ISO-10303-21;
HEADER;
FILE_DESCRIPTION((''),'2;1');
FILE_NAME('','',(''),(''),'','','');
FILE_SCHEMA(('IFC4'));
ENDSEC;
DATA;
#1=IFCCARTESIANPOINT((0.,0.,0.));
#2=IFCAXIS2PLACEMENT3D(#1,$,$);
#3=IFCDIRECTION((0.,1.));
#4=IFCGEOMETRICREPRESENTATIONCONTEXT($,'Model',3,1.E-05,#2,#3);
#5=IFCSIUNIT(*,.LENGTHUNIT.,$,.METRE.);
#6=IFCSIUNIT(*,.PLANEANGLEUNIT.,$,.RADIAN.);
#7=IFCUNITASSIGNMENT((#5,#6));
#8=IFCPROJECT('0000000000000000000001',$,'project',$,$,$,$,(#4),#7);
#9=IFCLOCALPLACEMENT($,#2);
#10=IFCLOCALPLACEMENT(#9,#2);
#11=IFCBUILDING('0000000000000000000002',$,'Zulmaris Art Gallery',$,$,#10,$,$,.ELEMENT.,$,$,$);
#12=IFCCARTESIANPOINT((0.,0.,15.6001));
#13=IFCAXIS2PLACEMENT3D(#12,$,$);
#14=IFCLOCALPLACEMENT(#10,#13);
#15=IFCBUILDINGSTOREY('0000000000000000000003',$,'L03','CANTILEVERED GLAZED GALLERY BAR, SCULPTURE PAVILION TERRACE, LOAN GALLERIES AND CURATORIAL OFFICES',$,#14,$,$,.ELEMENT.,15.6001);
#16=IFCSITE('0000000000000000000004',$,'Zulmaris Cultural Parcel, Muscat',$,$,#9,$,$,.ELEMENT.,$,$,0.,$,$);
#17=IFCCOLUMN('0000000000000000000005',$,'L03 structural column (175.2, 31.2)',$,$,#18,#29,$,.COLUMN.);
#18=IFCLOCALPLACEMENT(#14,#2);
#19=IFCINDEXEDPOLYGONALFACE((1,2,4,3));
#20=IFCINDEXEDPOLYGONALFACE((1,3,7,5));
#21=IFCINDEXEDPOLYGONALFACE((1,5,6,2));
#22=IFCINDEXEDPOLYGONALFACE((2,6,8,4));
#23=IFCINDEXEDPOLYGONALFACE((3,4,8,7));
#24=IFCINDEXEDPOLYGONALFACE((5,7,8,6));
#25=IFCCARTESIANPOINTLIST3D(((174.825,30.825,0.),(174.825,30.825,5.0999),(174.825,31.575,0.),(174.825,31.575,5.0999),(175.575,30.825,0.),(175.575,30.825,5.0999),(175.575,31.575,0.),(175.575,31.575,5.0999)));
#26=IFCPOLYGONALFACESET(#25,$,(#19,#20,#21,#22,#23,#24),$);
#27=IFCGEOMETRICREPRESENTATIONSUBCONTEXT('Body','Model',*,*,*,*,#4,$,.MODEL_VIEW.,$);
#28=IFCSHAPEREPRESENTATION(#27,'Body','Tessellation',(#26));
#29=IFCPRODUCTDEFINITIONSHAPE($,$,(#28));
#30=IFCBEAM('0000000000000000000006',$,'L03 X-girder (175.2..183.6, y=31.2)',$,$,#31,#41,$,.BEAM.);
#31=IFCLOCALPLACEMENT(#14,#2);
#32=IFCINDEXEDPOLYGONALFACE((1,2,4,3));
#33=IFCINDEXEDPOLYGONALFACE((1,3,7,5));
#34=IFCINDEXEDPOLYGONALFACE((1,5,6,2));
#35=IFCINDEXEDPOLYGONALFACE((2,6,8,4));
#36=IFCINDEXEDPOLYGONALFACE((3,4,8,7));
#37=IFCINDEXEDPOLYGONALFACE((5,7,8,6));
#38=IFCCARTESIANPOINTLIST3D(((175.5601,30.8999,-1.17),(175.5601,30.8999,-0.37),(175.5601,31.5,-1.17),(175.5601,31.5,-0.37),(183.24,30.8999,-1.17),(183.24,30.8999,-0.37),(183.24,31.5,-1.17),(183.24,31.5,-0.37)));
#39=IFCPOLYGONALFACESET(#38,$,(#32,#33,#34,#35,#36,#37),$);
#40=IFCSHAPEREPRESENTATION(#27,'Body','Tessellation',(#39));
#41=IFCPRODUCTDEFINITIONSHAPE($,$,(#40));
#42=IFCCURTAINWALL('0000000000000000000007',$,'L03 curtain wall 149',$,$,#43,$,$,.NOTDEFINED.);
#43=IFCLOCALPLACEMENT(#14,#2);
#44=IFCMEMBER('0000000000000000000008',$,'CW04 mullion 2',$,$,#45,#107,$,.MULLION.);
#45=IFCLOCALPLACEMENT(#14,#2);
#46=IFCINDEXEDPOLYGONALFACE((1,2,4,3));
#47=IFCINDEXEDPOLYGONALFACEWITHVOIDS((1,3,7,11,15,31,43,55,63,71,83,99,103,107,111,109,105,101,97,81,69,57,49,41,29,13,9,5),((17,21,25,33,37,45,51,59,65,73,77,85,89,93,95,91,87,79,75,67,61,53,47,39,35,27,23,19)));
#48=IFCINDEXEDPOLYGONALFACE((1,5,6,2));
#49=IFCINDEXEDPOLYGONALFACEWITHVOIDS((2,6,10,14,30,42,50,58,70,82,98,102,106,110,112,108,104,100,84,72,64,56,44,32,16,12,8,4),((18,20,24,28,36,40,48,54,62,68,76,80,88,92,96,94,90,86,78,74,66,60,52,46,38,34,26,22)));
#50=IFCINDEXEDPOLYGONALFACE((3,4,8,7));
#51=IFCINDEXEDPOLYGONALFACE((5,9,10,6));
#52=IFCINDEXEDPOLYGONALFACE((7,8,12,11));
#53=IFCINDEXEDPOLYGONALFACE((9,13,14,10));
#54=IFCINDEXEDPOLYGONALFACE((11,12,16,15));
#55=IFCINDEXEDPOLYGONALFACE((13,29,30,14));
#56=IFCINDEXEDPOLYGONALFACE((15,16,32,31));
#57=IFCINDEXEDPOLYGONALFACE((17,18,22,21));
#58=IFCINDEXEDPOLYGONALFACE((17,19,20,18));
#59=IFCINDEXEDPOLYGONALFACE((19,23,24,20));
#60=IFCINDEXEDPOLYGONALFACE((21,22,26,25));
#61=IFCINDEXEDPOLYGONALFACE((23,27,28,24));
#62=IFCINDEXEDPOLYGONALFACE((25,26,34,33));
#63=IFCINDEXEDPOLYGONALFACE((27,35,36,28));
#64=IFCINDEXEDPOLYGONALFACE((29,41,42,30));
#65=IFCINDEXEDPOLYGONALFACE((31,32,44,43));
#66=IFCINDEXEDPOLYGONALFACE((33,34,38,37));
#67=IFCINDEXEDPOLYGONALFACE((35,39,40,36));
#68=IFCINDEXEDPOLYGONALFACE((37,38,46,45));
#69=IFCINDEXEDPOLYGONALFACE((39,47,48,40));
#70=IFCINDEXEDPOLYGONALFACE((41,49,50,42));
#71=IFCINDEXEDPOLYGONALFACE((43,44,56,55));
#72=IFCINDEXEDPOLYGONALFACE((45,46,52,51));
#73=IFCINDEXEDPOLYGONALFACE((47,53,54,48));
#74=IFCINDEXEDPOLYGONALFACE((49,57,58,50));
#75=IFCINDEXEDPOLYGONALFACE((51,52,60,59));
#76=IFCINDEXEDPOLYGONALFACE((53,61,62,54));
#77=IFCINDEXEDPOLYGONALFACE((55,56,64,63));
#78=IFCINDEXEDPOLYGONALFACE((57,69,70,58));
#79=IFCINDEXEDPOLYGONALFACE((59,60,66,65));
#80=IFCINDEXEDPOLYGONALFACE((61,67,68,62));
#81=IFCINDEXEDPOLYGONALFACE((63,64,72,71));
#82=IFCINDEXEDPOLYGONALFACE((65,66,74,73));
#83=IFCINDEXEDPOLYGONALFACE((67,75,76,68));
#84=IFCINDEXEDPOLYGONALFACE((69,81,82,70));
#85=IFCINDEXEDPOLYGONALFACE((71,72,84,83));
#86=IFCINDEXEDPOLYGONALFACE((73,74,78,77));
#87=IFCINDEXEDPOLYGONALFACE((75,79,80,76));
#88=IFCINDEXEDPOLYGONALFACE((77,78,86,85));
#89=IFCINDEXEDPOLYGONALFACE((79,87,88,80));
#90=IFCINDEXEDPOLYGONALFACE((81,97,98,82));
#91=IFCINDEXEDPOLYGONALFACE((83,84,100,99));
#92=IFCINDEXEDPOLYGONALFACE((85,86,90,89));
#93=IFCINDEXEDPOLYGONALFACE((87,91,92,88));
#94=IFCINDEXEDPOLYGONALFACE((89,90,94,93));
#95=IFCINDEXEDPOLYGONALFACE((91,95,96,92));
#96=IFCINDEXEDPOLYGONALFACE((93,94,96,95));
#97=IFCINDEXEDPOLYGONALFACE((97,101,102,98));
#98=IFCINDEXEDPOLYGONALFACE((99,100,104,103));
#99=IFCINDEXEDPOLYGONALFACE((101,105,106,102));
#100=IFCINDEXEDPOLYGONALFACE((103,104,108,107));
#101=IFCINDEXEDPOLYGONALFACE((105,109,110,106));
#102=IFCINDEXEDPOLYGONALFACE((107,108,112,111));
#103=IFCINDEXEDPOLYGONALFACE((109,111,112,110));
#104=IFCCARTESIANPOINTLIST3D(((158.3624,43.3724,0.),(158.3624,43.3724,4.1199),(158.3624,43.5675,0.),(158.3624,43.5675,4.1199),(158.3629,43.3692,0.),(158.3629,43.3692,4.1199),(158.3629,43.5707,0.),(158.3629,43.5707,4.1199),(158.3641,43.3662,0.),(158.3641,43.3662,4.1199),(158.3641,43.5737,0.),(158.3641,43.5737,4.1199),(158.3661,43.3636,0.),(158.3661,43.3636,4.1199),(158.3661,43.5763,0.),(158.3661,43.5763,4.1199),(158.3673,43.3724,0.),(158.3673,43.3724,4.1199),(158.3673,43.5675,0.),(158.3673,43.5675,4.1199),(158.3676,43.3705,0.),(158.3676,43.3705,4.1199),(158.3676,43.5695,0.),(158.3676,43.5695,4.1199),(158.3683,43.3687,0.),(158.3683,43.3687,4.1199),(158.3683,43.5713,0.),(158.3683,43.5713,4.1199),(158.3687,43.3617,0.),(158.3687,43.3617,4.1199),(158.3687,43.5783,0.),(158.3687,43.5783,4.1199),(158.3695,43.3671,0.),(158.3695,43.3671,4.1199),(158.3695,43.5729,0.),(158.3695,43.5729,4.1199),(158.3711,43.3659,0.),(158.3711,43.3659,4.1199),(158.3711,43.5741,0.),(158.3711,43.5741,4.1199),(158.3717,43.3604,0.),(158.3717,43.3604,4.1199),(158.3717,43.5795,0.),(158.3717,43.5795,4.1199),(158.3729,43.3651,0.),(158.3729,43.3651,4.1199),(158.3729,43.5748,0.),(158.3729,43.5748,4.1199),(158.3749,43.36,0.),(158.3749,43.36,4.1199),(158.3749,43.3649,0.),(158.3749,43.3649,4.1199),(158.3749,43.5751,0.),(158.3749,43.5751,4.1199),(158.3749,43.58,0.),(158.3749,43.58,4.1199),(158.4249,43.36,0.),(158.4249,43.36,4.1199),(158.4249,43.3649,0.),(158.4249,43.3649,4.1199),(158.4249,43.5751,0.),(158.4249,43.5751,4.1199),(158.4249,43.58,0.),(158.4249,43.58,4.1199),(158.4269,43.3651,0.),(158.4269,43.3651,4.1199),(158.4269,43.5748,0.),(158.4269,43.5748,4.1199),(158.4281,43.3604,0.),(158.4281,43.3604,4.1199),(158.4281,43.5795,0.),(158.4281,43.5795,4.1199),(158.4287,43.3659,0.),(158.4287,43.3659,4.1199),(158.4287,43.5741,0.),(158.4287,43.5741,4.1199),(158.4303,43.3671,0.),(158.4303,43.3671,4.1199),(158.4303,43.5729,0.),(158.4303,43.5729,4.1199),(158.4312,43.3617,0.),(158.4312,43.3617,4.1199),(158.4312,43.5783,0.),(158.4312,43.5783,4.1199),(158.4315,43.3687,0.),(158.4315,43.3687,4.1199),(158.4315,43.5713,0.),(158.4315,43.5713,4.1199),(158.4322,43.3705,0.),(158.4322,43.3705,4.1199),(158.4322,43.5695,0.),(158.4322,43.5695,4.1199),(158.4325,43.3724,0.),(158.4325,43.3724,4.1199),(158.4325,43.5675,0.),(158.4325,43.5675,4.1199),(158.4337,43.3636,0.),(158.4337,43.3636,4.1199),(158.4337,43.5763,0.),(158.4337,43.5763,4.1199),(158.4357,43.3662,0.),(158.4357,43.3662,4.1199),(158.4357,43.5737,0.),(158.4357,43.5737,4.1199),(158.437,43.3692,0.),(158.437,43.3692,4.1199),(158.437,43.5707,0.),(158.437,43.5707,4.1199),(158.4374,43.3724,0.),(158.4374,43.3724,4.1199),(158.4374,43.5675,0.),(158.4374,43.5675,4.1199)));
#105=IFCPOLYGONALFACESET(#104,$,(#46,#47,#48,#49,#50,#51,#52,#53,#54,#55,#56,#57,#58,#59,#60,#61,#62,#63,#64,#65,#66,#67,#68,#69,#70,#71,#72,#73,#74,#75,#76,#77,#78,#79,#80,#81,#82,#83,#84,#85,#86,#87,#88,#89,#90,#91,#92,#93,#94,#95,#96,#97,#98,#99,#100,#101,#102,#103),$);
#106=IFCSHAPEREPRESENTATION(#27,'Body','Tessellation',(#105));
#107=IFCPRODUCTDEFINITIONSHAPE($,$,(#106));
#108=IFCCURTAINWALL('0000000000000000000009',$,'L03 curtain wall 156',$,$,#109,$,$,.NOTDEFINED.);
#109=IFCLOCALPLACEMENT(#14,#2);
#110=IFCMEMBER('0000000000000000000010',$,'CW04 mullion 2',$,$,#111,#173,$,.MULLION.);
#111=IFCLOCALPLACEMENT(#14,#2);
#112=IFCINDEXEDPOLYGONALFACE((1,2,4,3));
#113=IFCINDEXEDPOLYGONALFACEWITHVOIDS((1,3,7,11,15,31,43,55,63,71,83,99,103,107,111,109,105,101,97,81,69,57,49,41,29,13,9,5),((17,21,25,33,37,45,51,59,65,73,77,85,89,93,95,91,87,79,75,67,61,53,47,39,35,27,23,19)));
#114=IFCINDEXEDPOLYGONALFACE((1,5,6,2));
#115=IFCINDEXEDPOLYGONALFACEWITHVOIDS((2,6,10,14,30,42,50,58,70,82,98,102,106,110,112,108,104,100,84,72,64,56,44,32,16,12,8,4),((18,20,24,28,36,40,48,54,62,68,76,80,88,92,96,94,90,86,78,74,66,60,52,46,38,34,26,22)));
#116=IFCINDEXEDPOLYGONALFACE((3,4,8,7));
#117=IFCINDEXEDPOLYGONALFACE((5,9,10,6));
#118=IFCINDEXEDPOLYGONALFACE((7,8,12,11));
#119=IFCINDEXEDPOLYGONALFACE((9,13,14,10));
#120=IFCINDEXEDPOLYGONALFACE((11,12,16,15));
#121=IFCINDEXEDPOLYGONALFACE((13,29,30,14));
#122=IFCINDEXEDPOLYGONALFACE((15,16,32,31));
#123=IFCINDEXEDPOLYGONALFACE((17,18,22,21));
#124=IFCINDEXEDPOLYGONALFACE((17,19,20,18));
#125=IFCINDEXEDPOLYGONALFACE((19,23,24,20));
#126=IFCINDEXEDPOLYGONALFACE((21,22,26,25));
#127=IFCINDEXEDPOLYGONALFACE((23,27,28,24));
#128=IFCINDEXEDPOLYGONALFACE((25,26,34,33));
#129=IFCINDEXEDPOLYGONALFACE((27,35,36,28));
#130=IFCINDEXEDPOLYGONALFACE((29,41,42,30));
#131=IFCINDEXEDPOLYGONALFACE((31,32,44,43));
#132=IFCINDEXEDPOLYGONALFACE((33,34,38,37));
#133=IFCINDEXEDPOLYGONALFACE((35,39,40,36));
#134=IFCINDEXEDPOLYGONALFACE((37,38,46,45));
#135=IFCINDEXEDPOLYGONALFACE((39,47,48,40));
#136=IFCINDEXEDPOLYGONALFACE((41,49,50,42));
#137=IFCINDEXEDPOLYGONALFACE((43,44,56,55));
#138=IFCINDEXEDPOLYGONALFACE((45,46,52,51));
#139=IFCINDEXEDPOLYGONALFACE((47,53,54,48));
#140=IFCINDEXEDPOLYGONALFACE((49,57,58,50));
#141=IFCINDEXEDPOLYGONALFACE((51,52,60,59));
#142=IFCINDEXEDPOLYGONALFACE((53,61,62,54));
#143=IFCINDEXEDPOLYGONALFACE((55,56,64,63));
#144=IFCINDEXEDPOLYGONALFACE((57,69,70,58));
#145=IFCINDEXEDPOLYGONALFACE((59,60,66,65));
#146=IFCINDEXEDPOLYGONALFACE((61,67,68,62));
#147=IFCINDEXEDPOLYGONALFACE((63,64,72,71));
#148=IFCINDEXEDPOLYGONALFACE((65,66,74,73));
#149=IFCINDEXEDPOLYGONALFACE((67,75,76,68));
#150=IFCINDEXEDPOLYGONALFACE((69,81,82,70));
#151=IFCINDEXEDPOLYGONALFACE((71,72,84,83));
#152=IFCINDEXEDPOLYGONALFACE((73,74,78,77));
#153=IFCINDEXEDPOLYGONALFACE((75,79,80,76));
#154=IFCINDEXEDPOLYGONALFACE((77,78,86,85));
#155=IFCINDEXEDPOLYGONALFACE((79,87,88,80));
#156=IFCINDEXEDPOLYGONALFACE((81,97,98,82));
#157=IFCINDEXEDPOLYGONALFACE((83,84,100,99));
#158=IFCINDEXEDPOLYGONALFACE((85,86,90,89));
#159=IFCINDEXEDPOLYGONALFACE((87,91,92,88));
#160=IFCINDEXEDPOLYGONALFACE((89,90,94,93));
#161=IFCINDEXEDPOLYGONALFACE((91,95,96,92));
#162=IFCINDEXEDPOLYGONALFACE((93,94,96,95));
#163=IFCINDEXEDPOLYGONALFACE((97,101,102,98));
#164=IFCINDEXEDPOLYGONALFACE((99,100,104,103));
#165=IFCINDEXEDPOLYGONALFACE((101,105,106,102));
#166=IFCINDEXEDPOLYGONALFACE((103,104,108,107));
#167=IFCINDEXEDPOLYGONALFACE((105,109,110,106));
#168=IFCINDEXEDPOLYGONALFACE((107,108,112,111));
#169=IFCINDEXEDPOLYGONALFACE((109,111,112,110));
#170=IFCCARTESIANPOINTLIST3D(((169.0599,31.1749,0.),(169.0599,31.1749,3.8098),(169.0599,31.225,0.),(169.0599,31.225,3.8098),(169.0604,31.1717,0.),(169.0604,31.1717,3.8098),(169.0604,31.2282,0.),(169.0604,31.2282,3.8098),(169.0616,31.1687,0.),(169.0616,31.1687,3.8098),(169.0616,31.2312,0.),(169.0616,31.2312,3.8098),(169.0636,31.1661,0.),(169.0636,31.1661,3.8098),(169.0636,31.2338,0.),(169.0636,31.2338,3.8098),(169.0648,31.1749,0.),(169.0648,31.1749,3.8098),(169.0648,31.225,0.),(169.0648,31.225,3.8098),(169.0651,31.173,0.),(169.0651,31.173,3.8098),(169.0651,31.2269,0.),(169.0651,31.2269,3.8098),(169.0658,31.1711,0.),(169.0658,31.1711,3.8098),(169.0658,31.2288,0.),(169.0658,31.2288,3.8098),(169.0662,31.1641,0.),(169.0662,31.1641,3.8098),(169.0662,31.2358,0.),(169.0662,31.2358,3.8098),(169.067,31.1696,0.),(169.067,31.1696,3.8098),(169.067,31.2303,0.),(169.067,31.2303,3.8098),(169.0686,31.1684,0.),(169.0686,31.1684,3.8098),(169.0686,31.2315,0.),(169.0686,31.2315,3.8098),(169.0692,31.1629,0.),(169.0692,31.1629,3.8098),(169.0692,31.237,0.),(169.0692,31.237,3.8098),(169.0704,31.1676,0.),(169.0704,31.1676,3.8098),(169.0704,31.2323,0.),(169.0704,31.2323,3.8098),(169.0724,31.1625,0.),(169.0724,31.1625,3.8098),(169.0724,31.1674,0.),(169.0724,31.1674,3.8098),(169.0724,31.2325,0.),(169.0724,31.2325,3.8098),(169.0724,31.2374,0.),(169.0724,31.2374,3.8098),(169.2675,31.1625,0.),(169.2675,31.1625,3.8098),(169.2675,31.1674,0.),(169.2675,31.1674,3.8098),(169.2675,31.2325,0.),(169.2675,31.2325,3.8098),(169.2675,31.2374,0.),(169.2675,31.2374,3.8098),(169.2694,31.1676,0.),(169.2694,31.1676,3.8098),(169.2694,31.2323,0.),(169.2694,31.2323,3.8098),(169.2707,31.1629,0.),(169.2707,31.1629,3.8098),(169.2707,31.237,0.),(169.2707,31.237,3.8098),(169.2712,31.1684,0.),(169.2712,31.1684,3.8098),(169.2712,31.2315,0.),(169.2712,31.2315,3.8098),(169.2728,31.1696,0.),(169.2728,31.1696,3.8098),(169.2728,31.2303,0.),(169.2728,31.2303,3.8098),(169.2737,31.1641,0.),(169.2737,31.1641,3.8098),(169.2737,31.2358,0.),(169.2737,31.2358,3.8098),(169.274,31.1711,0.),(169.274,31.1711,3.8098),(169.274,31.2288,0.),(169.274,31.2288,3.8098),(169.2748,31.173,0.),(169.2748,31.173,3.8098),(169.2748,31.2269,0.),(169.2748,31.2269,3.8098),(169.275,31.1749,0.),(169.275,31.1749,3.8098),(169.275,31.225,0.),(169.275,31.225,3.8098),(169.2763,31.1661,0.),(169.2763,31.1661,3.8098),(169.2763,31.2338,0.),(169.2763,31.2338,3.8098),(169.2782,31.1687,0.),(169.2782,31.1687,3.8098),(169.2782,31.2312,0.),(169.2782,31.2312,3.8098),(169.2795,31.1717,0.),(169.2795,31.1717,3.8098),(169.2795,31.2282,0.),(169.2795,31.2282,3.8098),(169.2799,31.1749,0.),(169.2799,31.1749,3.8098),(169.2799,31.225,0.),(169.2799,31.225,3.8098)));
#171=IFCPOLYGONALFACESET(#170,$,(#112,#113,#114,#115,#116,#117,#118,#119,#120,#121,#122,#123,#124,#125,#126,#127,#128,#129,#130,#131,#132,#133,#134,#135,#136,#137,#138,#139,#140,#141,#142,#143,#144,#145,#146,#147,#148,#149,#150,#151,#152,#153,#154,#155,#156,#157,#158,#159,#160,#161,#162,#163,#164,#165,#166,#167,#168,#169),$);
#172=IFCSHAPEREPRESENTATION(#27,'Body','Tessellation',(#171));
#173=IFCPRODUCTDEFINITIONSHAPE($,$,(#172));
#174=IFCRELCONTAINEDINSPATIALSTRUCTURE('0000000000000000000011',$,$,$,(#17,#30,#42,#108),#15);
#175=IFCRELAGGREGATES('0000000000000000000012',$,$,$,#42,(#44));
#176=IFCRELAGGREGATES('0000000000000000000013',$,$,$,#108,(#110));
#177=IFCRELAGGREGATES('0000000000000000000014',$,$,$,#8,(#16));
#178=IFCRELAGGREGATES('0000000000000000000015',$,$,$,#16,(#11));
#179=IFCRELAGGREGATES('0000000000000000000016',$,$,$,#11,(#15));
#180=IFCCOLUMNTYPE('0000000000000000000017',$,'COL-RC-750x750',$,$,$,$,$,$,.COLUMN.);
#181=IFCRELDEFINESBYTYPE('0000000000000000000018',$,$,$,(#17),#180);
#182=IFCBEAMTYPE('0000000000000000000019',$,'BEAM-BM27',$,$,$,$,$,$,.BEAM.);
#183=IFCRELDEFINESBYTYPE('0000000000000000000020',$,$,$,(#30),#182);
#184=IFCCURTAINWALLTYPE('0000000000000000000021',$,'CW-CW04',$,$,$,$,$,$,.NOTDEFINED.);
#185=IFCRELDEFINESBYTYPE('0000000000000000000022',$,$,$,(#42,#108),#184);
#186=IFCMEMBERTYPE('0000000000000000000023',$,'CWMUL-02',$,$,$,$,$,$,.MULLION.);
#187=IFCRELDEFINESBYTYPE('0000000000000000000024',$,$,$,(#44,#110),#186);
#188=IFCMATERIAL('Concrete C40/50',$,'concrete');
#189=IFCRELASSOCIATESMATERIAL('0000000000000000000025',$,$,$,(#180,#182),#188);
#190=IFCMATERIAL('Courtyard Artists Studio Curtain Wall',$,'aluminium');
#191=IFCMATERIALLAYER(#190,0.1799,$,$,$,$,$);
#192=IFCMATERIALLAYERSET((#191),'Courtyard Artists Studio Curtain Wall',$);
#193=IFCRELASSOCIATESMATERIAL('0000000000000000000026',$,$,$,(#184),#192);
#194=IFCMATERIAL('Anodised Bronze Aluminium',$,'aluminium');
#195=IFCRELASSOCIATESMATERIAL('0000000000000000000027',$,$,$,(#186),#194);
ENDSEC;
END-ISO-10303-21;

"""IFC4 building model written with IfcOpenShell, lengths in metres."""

from ifc_helpers import new_model, si_unit, direction, frame, origin, origin_2d, place, context, subcontext, project, spatial, rectangle, hollow_rectangle, extrude, material, layer, layer_set, material_profile, profile_set, type_object, element, aggregate, save


model = new_model("IFC4")

# Units and contexts
model_context = context("Model", 3, precision=1e-05, world=origin(), true_north=direction((0.0, 1.0)))
body_context = subcontext(model_context, "Body", "Model", "MODEL_VIEW")
ifc_project = project(units=[si_unit("LENGTHUNIT", "METRE"), si_unit("PLANEANGLEUNIT", "RADIAN")], contexts=[model_context])

# Site, building, storey
site_placement = place(None, origin())
site = spatial("IfcSite", under=ifc_project, at=site_placement, Name="Zulmaris Cultural Parcel, Muscat", CompositionType="ELEMENT", RefElevation=0.0)
building_placement = place(site_placement, origin())
building = spatial("IfcBuilding", under=site, at=building_placement, Name="Zulmaris Art Gallery", CompositionType="ELEMENT")
storey_placement = place(building_placement, frame((0.0, 0.0, 15.6001)))
storey = spatial("IfcBuildingStorey", under=building, at=storey_placement, Name="L03", Description="CANTILEVERED GLAZED GALLERY BAR, SCULPTURE PAVILION TERRACE, LOAN GALLERIES AND CURATORIAL OFFICES", CompositionType="ELEMENT", Elevation=15.6001)

# Column
ifc_material_1 = material(Name="Concrete C40/50", Category="concrete")
ifc_material_profile_1 = material_profile(ifc_material_1, rectangle(XDim=0.75, YDim=0.75, at=origin_2d()), Name="RC 750x750")
ifc_profile_set_1 = profile_set([ifc_material_profile_1], Name="Concrete C40/50")
column_type = type_object("IfcColumnType", Name="COL-RC-750x750", PredefinedType="COLUMN", material=ifc_profile_set_1)
column_placement = place(storey_placement, frame((175.2, 31.2, 0.0), z_axis=(0.0, 0.0, 1.0), x_axis=(1.0, 0.0, 0.0)))
element("IfcColumn", 1, at=column_placement, inside=storey, type_object=column_type, Name="L03 structural column (175.2, 31.2)", PredefinedType="COLUMN", context=body_context, shape_type="SweptSolid", body=[
    extrude(rectangle(XDim=0.75, YDim=0.75, at=origin_2d()), origin(), (0.0, 0.0, 1.0), 5.0999),
])

# Beam
ifc_material_profile_2 = material_profile(ifc_material_1, rectangle(XDim=0.6001, YDim=0.8, at=origin_2d()), Name="RC 600x800")
ifc_profile_set_2 = profile_set([ifc_material_profile_2], Name="Concrete C40/50")
beam_type = type_object("IfcBeamType", Name="BEAM-BM27", PredefinedType="BEAM", material=ifc_profile_set_2)
beam_placement = place(storey_placement, frame((175.5601, 31.2, -0.77), z_axis=(1.0, 0.0, 0.0), x_axis=(0.0, 1.0, 0.0)))
element("IfcBeam", 2, at=beam_placement, inside=storey, type_object=beam_type, Name="L03 X-girder (175.2..183.6, y=31.2)", PredefinedType="BEAM", context=body_context, shape_type="SweptSolid", body=[
    extrude(rectangle(XDim=0.6001, YDim=0.8, at=origin_2d()), origin(), (0.0, 0.0, 1.0), 7.6799),
])

# Curtain wall, member
ifc_material_2 = material(Name="Courtyard Artists Studio Curtain Wall", Category="aluminium")
ifc_layer_1 = layer(ifc_material_2, 0.1799)
ifc_layer_set_1 = layer_set([ifc_layer_1], Name="Courtyard Artists Studio Curtain Wall")
curtain_wall_type = type_object("IfcCurtainWallType", Name="CW-CW04", PredefinedType="NOTDEFINED", material=ifc_layer_set_1)
curtain_wall_1_placement = place(storey_placement, origin())
curtain_wall_1 = element("IfcCurtainWall", 3, at=curtain_wall_1_placement, inside=storey, type_object=curtain_wall_type, Name="L03 curtain wall 149", PredefinedType="NOTDEFINED")
ifc_material_3 = material(Name="Anodised Bronze Aluminium", Category="aluminium")
ifc_material_profile_3 = material_profile(ifc_material_3, hollow_rectangle(XDim=0.075, YDim=0.22, WallThickness=0.0049, InnerFilletRadius=0.0076, OuterFilletRadius=0.0125, at=origin_2d()), Name="ALU 75x220x5")
ifc_profile_set_3 = profile_set([ifc_material_profile_3], Name="Anodised Bronze Aluminium")
member_type_1 = type_object("IfcMemberType", Name="CWMUL-02", PredefinedType="MULLION", material=ifc_profile_set_3)
member_1_placement = place(storey_placement, frame((158.3999, 43.47, 0.0), z_axis=(0.0, 0.0, 1.0), x_axis=(-1.0, 0.0, 0.0)))
member_1 = element("IfcMember", 4, at=member_1_placement, type_object=member_type_1, Name="CW04 mullion 2", PredefinedType="MULLION", context=body_context, shape_type="SweptSolid", body=[
    extrude(hollow_rectangle(XDim=0.075, YDim=0.22, WallThickness=0.0049, InnerFilletRadius=0.0076, OuterFilletRadius=0.0125, at=origin_2d()), origin(), (0.0, 0.0, 1.0), 4.1199),
])

# Curtain wall, member
curtain_wall_2_placement = place(storey_placement, origin())
curtain_wall_2 = element("IfcCurtainWall", 5, at=curtain_wall_2_placement, inside=storey, type_object=curtain_wall_type, Name="L03 curtain wall 156", PredefinedType="NOTDEFINED")
member_2_placement = place(storey_placement, frame((169.1699, 31.2, 0.0), z_axis=(0.0, 0.0, 1.0), x_axis=(0.0, 1.0, 0.0)))
member_2 = element("IfcMember", 6, at=member_2_placement, type_object=member_type_1, Name="CW04 mullion 2", PredefinedType="MULLION", context=body_context, shape_type="SweptSolid", body=[
    extrude(hollow_rectangle(XDim=0.075, YDim=0.22, WallThickness=0.0049, InnerFilletRadius=0.0076, OuterFilletRadius=0.0125, at=origin_2d()), origin(), (0.0, 0.0, 1.0), 3.8098),
])

aggregate(curtain_wall_1, [member_1])
aggregate(curtain_wall_2, [member_2])

save(model, "model.ifc")
